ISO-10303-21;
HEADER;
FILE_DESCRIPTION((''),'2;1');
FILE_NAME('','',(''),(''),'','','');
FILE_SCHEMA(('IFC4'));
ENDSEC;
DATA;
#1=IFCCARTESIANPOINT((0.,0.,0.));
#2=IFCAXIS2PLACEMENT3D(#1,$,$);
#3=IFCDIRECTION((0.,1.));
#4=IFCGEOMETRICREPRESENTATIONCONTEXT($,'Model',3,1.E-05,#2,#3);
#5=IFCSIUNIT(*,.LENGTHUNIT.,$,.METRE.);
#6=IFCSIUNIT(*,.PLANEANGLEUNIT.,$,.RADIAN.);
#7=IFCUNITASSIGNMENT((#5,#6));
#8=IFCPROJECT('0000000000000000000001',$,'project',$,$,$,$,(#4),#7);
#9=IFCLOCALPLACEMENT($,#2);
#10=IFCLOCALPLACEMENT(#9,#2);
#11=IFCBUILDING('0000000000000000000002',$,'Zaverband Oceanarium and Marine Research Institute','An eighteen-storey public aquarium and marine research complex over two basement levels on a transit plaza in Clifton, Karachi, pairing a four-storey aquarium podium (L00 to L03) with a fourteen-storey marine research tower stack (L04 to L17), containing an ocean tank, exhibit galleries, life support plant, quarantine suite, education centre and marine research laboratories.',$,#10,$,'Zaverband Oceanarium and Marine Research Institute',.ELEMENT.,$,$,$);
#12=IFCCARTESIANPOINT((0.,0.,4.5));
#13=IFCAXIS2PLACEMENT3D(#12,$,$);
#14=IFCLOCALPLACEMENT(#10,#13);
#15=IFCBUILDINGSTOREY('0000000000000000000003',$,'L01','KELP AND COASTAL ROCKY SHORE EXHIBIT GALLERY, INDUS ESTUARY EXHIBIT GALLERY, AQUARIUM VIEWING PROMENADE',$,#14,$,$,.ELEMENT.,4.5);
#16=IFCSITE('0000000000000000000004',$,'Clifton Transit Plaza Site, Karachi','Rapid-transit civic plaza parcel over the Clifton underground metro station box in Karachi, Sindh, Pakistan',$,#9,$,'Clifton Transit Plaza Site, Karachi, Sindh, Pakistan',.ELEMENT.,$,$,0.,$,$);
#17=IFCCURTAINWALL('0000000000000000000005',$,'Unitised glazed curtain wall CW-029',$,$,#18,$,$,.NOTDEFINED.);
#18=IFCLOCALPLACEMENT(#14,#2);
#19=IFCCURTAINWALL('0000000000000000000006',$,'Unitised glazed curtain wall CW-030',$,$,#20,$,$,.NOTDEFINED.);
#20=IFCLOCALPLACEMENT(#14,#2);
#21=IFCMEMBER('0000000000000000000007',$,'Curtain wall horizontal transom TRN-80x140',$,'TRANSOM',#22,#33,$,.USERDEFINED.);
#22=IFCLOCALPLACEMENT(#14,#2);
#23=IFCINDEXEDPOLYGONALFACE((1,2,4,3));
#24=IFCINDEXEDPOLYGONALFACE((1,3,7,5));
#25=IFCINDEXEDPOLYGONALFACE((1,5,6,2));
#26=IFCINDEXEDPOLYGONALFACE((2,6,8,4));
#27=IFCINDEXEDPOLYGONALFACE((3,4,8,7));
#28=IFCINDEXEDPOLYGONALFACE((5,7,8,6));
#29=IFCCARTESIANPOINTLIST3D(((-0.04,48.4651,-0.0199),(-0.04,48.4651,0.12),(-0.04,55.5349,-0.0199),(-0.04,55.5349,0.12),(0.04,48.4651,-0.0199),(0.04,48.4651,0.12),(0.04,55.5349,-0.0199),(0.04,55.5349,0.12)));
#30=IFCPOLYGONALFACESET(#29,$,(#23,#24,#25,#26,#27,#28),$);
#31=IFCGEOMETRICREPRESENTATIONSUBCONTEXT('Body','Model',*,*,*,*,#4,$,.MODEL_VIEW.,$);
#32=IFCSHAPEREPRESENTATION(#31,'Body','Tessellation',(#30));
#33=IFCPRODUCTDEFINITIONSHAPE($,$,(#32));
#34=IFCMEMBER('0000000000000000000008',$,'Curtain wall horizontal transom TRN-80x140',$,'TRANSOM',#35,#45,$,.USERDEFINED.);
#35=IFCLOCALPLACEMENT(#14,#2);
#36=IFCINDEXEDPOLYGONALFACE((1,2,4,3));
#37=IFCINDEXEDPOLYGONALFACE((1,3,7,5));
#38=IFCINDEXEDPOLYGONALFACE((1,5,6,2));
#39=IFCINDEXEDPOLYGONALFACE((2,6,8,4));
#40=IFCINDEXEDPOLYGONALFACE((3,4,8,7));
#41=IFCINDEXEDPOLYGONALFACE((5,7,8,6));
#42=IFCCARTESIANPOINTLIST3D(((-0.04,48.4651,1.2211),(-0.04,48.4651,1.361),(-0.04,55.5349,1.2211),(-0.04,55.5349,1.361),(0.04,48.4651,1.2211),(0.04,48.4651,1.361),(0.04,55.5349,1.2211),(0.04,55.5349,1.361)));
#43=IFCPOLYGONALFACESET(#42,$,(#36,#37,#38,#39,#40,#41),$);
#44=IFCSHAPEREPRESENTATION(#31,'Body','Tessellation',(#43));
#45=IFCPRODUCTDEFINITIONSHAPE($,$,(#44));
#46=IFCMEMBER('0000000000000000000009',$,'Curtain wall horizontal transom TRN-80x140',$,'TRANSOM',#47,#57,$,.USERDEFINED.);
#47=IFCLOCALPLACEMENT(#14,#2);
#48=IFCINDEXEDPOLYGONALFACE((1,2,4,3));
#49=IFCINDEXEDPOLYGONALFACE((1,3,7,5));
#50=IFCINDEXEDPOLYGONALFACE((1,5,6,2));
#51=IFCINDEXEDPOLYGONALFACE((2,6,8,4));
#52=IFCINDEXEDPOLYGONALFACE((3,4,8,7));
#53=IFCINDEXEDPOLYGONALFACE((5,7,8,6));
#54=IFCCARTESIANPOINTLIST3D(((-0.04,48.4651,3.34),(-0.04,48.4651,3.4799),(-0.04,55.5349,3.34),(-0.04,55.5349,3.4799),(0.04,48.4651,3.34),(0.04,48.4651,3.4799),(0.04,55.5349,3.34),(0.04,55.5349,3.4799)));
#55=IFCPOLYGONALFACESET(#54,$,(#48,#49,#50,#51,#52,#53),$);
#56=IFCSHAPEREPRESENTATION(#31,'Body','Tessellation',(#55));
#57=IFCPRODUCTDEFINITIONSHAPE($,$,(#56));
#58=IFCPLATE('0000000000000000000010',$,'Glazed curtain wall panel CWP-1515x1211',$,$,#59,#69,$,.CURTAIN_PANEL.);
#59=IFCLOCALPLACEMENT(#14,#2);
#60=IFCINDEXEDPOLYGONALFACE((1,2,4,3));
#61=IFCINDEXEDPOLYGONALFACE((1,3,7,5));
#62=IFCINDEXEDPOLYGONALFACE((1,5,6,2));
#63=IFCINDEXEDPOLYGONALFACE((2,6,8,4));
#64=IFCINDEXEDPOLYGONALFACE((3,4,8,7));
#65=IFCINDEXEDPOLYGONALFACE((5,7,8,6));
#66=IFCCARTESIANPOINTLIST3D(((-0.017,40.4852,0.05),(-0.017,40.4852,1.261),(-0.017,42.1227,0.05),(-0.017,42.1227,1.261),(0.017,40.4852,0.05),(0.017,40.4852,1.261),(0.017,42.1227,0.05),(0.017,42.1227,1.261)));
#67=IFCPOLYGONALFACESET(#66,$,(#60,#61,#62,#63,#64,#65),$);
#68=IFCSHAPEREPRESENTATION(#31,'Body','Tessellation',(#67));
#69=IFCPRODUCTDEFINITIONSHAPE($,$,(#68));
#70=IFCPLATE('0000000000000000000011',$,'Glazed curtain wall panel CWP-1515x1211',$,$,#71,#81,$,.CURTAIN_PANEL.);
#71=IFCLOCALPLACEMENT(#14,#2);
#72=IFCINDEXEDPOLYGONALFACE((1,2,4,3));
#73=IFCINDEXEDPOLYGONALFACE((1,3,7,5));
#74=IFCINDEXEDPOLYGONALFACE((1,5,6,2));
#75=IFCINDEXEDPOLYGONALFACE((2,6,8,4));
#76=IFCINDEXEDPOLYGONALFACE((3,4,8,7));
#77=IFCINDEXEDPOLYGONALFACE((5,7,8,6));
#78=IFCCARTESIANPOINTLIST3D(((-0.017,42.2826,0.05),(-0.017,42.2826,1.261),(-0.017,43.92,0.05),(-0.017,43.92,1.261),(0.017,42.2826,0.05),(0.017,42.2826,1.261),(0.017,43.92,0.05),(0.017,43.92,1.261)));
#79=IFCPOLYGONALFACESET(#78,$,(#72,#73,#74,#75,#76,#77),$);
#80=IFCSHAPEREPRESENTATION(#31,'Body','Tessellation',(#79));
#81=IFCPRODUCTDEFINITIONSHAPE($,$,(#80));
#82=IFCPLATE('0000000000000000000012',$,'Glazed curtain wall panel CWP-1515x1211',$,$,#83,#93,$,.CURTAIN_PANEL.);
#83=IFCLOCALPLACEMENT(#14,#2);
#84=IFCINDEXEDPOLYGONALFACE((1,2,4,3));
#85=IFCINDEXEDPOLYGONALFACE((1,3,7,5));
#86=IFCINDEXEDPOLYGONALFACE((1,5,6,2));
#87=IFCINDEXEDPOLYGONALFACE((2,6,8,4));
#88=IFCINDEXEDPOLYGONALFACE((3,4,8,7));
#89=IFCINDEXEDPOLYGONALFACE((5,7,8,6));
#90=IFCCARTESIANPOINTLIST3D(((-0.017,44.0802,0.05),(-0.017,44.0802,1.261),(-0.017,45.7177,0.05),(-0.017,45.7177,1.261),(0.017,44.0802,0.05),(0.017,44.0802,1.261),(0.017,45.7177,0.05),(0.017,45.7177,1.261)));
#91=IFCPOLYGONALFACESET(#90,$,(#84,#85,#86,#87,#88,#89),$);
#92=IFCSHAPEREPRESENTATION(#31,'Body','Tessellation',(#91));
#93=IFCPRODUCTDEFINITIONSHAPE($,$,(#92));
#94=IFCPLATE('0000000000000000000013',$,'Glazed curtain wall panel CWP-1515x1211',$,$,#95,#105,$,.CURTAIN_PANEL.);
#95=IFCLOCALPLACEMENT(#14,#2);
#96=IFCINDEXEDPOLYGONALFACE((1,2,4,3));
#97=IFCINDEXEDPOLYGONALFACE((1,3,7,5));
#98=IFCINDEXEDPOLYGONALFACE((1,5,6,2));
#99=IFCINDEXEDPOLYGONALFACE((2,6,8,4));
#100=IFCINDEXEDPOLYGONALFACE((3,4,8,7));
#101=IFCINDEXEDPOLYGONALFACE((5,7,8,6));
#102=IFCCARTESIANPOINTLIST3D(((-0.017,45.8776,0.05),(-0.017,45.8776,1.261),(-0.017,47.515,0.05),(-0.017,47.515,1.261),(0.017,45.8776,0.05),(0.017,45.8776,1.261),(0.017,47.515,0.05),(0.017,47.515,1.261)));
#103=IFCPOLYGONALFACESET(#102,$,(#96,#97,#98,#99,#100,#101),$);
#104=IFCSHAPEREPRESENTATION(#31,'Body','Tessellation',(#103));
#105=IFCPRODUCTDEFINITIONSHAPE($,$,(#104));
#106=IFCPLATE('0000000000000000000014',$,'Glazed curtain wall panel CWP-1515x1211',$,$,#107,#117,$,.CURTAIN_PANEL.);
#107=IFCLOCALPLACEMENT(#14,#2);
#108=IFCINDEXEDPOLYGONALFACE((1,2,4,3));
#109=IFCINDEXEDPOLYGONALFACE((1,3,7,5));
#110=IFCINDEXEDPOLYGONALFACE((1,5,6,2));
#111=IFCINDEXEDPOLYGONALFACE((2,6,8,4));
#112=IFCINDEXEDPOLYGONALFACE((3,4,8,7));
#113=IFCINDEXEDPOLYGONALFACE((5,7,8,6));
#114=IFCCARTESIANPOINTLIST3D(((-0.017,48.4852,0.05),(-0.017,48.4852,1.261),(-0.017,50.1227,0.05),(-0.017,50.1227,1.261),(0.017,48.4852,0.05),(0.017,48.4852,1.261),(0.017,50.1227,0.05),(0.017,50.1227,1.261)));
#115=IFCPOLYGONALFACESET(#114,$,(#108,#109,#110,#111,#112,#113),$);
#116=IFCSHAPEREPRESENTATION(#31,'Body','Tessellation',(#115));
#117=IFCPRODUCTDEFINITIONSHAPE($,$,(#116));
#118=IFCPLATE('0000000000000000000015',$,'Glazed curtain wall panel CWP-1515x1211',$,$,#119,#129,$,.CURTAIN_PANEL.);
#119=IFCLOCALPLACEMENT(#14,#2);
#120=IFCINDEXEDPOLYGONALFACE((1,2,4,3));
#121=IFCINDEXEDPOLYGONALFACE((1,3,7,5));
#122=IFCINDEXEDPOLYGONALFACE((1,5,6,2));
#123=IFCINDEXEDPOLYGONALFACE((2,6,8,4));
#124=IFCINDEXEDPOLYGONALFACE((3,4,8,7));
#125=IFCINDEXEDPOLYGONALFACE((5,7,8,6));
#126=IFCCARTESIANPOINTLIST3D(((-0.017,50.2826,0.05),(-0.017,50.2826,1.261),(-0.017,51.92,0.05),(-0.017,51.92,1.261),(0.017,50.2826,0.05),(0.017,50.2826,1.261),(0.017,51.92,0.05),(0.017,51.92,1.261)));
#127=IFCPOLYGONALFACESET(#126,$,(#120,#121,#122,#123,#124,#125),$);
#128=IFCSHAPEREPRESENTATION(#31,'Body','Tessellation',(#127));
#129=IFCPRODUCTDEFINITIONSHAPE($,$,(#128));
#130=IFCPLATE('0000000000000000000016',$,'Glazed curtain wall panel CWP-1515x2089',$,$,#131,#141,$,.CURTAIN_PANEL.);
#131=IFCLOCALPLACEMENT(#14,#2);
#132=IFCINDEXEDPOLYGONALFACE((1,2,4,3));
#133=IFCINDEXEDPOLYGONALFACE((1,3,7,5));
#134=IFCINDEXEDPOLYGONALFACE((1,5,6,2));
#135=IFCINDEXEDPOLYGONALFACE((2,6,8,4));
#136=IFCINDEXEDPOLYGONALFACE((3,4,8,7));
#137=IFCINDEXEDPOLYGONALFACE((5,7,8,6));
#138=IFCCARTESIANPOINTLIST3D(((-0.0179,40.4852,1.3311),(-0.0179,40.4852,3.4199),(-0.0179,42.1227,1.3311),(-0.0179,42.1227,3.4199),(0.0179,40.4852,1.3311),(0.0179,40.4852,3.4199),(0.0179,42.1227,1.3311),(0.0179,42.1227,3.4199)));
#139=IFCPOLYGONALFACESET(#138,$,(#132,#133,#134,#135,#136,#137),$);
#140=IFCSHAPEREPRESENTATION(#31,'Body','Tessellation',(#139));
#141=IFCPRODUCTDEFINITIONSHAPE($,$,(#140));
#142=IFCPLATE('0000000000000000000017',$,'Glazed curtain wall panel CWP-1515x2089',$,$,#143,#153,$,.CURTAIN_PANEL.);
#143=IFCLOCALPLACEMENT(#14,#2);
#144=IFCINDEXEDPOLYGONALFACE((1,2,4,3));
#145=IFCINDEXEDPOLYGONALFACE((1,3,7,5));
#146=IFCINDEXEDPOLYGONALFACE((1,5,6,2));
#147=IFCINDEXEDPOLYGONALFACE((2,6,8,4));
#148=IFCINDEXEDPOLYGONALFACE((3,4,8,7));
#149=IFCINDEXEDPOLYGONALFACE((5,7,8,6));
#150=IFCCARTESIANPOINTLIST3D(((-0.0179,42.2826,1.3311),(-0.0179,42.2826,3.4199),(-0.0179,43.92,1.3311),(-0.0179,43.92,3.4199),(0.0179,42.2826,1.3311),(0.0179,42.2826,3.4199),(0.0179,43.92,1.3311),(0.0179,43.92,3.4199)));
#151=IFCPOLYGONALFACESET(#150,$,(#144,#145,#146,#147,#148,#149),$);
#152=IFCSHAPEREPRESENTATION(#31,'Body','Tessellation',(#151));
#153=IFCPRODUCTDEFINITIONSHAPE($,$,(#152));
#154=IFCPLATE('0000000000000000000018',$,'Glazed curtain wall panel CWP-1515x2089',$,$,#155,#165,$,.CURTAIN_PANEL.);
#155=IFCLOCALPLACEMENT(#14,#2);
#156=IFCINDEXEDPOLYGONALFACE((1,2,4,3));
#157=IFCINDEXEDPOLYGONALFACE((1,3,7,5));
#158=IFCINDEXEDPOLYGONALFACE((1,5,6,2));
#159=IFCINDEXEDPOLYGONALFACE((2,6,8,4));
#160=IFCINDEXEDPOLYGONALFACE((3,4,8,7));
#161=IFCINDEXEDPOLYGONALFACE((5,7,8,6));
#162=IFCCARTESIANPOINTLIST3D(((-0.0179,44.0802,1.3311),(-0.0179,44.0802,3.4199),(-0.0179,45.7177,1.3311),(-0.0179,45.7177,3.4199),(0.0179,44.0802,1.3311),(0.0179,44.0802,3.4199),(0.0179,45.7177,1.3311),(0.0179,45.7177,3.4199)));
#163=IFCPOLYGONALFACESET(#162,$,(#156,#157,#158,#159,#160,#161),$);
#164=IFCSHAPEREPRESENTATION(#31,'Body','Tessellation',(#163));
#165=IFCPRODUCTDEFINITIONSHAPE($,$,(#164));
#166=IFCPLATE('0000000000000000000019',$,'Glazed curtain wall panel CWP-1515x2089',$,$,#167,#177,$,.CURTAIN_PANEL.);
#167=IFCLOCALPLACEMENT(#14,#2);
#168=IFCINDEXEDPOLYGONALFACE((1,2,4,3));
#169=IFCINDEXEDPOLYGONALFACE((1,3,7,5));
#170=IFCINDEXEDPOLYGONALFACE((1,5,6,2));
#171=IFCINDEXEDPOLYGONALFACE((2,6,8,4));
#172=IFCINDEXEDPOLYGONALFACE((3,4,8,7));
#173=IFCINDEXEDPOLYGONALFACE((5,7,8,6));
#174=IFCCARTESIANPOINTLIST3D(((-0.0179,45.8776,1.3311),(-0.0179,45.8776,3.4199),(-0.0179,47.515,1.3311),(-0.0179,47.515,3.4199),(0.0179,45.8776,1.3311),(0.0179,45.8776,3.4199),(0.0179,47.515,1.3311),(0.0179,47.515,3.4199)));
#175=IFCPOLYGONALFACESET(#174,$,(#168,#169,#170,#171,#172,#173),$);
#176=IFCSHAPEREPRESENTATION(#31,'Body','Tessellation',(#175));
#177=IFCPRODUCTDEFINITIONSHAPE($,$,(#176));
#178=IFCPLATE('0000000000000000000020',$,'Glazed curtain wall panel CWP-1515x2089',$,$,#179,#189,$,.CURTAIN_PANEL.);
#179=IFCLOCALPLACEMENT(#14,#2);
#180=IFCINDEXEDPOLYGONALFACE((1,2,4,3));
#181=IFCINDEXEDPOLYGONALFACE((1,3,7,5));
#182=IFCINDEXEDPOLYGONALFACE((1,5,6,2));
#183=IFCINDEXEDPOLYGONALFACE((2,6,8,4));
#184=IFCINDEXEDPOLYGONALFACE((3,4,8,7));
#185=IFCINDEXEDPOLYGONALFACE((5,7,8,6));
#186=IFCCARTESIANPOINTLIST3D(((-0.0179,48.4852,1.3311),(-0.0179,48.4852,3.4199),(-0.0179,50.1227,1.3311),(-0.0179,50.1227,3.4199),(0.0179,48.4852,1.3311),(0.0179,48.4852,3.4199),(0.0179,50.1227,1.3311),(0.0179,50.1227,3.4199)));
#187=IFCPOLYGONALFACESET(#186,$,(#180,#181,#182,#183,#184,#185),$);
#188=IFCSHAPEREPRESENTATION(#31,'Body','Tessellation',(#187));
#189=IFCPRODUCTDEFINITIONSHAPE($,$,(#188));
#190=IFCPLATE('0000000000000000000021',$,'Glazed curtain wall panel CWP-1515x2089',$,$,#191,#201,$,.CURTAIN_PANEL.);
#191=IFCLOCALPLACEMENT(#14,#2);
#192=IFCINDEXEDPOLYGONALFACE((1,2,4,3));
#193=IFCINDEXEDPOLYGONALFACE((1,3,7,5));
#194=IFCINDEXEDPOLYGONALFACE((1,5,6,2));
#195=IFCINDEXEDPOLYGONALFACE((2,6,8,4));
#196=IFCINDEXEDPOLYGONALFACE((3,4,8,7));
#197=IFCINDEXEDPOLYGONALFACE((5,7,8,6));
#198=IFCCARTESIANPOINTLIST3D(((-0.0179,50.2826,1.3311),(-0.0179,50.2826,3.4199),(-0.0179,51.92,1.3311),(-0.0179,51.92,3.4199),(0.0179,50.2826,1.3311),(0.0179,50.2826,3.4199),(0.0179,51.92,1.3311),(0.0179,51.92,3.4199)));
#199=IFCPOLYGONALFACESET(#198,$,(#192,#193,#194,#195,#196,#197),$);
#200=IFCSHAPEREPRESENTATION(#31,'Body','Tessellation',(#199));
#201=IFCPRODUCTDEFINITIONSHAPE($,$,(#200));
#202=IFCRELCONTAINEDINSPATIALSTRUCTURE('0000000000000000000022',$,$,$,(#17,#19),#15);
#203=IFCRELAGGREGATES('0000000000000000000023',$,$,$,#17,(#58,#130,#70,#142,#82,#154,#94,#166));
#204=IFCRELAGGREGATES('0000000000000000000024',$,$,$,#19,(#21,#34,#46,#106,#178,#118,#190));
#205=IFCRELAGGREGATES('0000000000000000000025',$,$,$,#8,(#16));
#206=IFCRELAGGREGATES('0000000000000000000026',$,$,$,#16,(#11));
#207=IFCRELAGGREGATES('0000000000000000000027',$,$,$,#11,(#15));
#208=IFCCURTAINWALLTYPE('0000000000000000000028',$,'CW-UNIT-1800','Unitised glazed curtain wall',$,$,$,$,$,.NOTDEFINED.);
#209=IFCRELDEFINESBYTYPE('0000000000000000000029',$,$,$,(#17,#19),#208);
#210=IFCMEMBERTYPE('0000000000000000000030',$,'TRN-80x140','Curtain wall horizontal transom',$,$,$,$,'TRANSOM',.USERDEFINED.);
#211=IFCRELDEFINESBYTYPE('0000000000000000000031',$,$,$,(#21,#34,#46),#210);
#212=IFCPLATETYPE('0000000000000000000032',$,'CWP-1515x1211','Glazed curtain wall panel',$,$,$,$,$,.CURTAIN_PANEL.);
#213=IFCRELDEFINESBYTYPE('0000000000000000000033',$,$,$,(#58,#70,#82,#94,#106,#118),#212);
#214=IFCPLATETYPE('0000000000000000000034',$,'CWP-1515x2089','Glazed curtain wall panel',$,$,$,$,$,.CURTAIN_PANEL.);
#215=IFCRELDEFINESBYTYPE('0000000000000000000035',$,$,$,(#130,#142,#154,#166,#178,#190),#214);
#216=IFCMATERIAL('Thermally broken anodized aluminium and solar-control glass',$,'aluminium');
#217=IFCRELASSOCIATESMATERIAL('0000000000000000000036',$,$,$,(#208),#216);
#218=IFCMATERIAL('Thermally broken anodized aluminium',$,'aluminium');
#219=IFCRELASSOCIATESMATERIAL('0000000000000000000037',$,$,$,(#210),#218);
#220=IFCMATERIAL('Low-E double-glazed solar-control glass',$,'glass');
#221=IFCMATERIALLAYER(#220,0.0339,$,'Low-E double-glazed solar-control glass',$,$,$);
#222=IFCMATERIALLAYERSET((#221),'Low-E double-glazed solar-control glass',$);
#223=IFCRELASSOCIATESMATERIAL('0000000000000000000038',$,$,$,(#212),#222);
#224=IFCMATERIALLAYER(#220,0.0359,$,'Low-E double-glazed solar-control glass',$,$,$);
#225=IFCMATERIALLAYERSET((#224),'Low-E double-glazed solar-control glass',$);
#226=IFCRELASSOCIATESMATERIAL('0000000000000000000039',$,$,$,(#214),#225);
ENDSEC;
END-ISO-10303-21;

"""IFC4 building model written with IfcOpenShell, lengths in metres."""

from ifc_helpers import new_model, si_unit, direction, frame, frame_2d, origin, origin_2d, place, context, subcontext, project, spatial, rectangle, extrude, material, layer, layer_set, material_profile, profile_set, type_object, element, aggregate, save


model = new_model("IFC4")

# Units and contexts
model_context = context("Model", 3, precision=1e-05, world=origin(), true_north=direction((0.0, 1.0)))
body_context = subcontext(model_context, "Body", "Model", "MODEL_VIEW")
ifc_project = project(units=[si_unit("LENGTHUNIT", "METRE"), si_unit("PLANEANGLEUNIT", "RADIAN")], contexts=[model_context])

# Site, building, storey
site_placement = place(None, origin())
site = spatial("IfcSite", under=ifc_project, at=site_placement, Name="Clifton Transit Plaza Site, Karachi", Description="Rapid-transit civic plaza parcel over the Clifton underground metro station box in Karachi, Sindh, Pakistan", LongName="Clifton Transit Plaza Site, Karachi, Sindh, Pakistan", CompositionType="ELEMENT", RefElevation=0.0)
building_placement = place(site_placement, origin())
building = spatial("IfcBuilding", under=site, at=building_placement, Name="Zaverband Oceanarium and Marine Research Institute", Description="An eighteen-storey public aquarium and marine research complex over two basement levels on a transit plaza in Clifton, Karachi, pairing a four-storey aquarium podium (L00 to L03) with a fourteen-storey marine research tower stack (L04 to L17), containing an ocean tank, exhibit galleries, life support plant, quarantine suite, education centre and marine research laboratories.", LongName="Zaverband Oceanarium and Marine Research Institute", CompositionType="ELEMENT")
storey_placement = place(building_placement, frame((0.0, 0.0, 4.5)))
storey = spatial("IfcBuildingStorey", under=building, at=storey_placement, Name="L01", Description="KELP AND COASTAL ROCKY SHORE EXHIBIT GALLERY, INDUS ESTUARY EXHIBIT GALLERY, AQUARIUM VIEWING PROMENADE", CompositionType="ELEMENT", Elevation=4.5)

# Curtain walls
ifc_material_1 = material(Name="Thermally broken anodized aluminium and solar-control glass", Category="aluminium")
curtain_wall_type = type_object("IfcCurtainWallType", Name="CW-UNIT-1800", Description="Unitised glazed curtain wall", PredefinedType="NOTDEFINED", material=ifc_material_1)
curtain_wall_1_placement = place(storey_placement, origin())
curtain_wall_1 = element("IfcCurtainWall", 1, at=curtain_wall_1_placement, inside=storey, type_object=curtain_wall_type, Name="Unitised glazed curtain wall CW-029", PredefinedType="NOTDEFINED")
ifc_material_2 = material(Name="Thermally broken anodized aluminium", Category="aluminium")
curtain_wall_2_placement = place(storey_placement, origin())
curtain_wall_2 = element("IfcCurtainWall", 2, at=curtain_wall_2_placement, inside=storey, type_object=curtain_wall_type, Name="Unitised glazed curtain wall CW-030", PredefinedType="NOTDEFINED")

# Members
ifc_material_profile_1 = material_profile(ifc_material_2, rectangle(XDim=0.0801, YDim=0.1399, at=origin_2d()), Name="AL-TRN-80x140")
ifc_profile_set_1 = profile_set([ifc_material_profile_1], Name="Thermally broken anodized aluminium")
member_type_1 = type_object("IfcMemberType", Name="TRN-80x140", Description="Curtain wall horizontal transom", ElementType="TRANSOM", PredefinedType="USERDEFINED", material=ifc_profile_set_1)
member_1_placement = place(storey_placement, frame((0.0, 48.4651, 0.05), z_axis=(0.0, 1.0, 0.0), x_axis=(-1.0, 0.0, 0.0)))
member_1 = element("IfcMember", 3, at=member_1_placement, type_object=member_type_1, Name="Curtain wall horizontal transom TRN-80x140", ObjectType="TRANSOM", PredefinedType="USERDEFINED", context=body_context, shape_type="SweptSolid", body=[
    extrude(rectangle(XDim=0.0801, YDim=0.1399, at=origin_2d()), origin(), (0.0, 0.0, 1.0), 7.0698),
])
member_2_placement = place(storey_placement, frame((0.0, 48.4651, 1.291), z_axis=(0.0, 1.0, 0.0), x_axis=(-1.0, 0.0, 0.0)))
member_2 = element("IfcMember", 4, at=member_2_placement, type_object=member_type_1, Name="Curtain wall horizontal transom TRN-80x140", ObjectType="TRANSOM", PredefinedType="USERDEFINED", context=body_context, shape_type="SweptSolid", body=[
    extrude(rectangle(XDim=0.0801, YDim=0.1399, at=origin_2d()), origin(), (0.0, 0.0, 1.0), 7.0698),
])
member_3_placement = place(storey_placement, frame((0.0, 48.4651, 3.4099), z_axis=(0.0, 1.0, 0.0), x_axis=(-1.0, 0.0, 0.0)))
member_3 = element("IfcMember", 5, at=member_3_placement, type_object=member_type_1, Name="Curtain wall horizontal transom TRN-80x140", ObjectType="TRANSOM", PredefinedType="USERDEFINED", context=body_context, shape_type="SweptSolid", body=[
    extrude(rectangle(XDim=0.0801, YDim=0.1399, at=origin_2d()), origin(), (0.0, 0.0, 1.0), 7.0698),
])

# Plates
ifc_material_3 = material(Name="Low-E double-glazed solar-control glass", Category="glass")
ifc_layer_1 = layer(ifc_material_3, 0.0339, Name="Low-E double-glazed solar-control glass")
ifc_layer_set_1 = layer_set([ifc_layer_1], Name="Low-E double-glazed solar-control glass")
plate_type_1 = type_object("IfcPlateType", Name="CWP-1515x1211", Description="Glazed curtain wall panel", PredefinedType="CURTAIN_PANEL", material=ifc_layer_set_1)
plate_1_placement = place(storey_placement, frame((0.0, 40.4851, 0.05), z_axis=(0.0, 0.0, 1.0), x_axis=(0.0, 1.0, 0.0)))
plate_1 = element("IfcPlate", 6, at=plate_1_placement, type_object=plate_type_1, Name="Glazed curtain wall panel CWP-1515x1211", PredefinedType="CURTAIN_PANEL", context=body_context, shape_type="SweptSolid", body=[
    extrude(rectangle(XDim=1.6375, YDim=0.0339, at=frame_2d((0.8188, 0.0))), origin(), (0.0, 0.0, 1.0), 1.2109),
])
plate_2_placement = place(storey_placement, frame((0.0, 42.2825, 0.05), z_axis=(0.0, 0.0, 1.0), x_axis=(0.0, 1.0, 0.0)))
plate_2 = element("IfcPlate", 7, at=plate_2_placement, type_object=plate_type_1, Name="Glazed curtain wall panel CWP-1515x1211", PredefinedType="CURTAIN_PANEL", context=body_context, shape_type="SweptSolid", body=[
    extrude(rectangle(XDim=1.6375, YDim=0.0339, at=frame_2d((0.8188, 0.0))), origin(), (0.0, 0.0, 1.0), 1.2109),
])
plate_3_placement = place(storey_placement, frame((0.0, 44.0801, 0.05), z_axis=(0.0, 0.0, 1.0), x_axis=(0.0, 1.0, 0.0)))
plate_3 = element("IfcPlate", 8, at=plate_3_placement, type_object=plate_type_1, Name="Glazed curtain wall panel CWP-1515x1211", PredefinedType="CURTAIN_PANEL", context=body_context, shape_type="SweptSolid", body=[
    extrude(rectangle(XDim=1.6375, YDim=0.0339, at=frame_2d((0.8188, 0.0))), origin(), (0.0, 0.0, 1.0), 1.2109),
])
plate_4_placement = place(storey_placement, frame((0.0, 45.8774, 0.05), z_axis=(0.0, 0.0, 1.0), x_axis=(0.0, 1.0, 0.0)))
plate_4 = element("IfcPlate", 9, at=plate_4_placement, type_object=plate_type_1, Name="Glazed curtain wall panel CWP-1515x1211", PredefinedType="CURTAIN_PANEL", context=body_context, shape_type="SweptSolid", body=[
    extrude(rectangle(XDim=1.6375, YDim=0.0339, at=frame_2d((0.8188, 0.0))), origin(), (0.0, 0.0, 1.0), 1.2109),
])
plate_5_placement = place(storey_placement, frame((0.0, 48.4851, 0.05), z_axis=(0.0, 0.0, 1.0), x_axis=(0.0, 1.0, 0.0)))
plate_5 = element("IfcPlate", 10, at=plate_5_placement, type_object=plate_type_1, Name="Glazed curtain wall panel CWP-1515x1211", PredefinedType="CURTAIN_PANEL", context=body_context, shape_type="SweptSolid", body=[
    extrude(rectangle(XDim=1.6375, YDim=0.0339, at=frame_2d((0.8188, 0.0))), origin(), (0.0, 0.0, 1.0), 1.2109),
])
plate_6_placement = place(storey_placement, frame((0.0, 50.2825, 0.05), z_axis=(0.0, 0.0, 1.0), x_axis=(0.0, 1.0, 0.0)))
plate_6 = element("IfcPlate", 11, at=plate_6_placement, type_object=plate_type_1, Name="Glazed curtain wall panel CWP-1515x1211", PredefinedType="CURTAIN_PANEL", context=body_context, shape_type="SweptSolid", body=[
    extrude(rectangle(XDim=1.6375, YDim=0.0339, at=frame_2d((0.8188, 0.0))), origin(), (0.0, 0.0, 1.0), 1.2109),
])
ifc_layer_2 = layer(ifc_material_3, 0.0359, Name="Low-E double-glazed solar-control glass")
ifc_layer_set_2 = layer_set([ifc_layer_2], Name="Low-E double-glazed solar-control glass")
plate_type_2 = type_object("IfcPlateType", Name="CWP-1515x2089", Description="Glazed curtain wall panel", PredefinedType="CURTAIN_PANEL", material=ifc_layer_set_2)
plate_7_placement = place(storey_placement, frame((0.0, 40.4851, 1.3311), z_axis=(0.0, 0.0, 1.0), x_axis=(0.0, 1.0, 0.0)))
plate_7 = element("IfcPlate", 12, at=plate_7_placement, type_object=plate_type_2, Name="Glazed curtain wall panel CWP-1515x2089", PredefinedType="CURTAIN_PANEL", context=body_context, shape_type="SweptSolid", body=[
    extrude(rectangle(XDim=1.6375, YDim=0.0359, at=frame_2d((0.8188, 0.0))), origin(), (0.0, 0.0, 1.0), 2.0889),
])
plate_8_placement = place(storey_placement, frame((0.0, 42.2825, 1.3311), z_axis=(0.0, 0.0, 1.0), x_axis=(0.0, 1.0, 0.0)))
plate_8 = element("IfcPlate", 13, at=plate_8_placement, type_object=plate_type_2, Name="Glazed curtain wall panel CWP-1515x2089", PredefinedType="CURTAIN_PANEL", context=body_context, shape_type="SweptSolid", body=[
    extrude(rectangle(XDim=1.6375, YDim=0.0359, at=frame_2d((0.8188, 0.0))), origin(), (0.0, 0.0, 1.0), 2.0889),
])
plate_9_placement = place(storey_placement, frame((0.0, 44.0801, 1.3311), z_axis=(0.0, 0.0, 1.0), x_axis=(0.0, 1.0, 0.0)))
plate_9 = element("IfcPlate", 14, at=plate_9_placement, type_object=plate_type_2, Name="Glazed curtain wall panel CWP-1515x2089", PredefinedType="CURTAIN_PANEL", context=body_context, shape_type="SweptSolid", body=[
    extrude(rectangle(XDim=1.6375, YDim=0.0359, at=frame_2d((0.8188, 0.0))), origin(), (0.0, 0.0, 1.0), 2.0889),
])
plate_10_placement = place(storey_placement, frame((0.0, 45.8774, 1.3311), z_axis=(0.0, 0.0, 1.0), x_axis=(0.0, 1.0, 0.0)))
plate_10 = element("IfcPlate", 15, at=plate_10_placement, type_object=plate_type_2, Name="Glazed curtain wall panel CWP-1515x2089", PredefinedType="CURTAIN_PANEL", context=body_context, shape_type="SweptSolid", body=[
    extrude(rectangle(XDim=1.6375, YDim=0.0359, at=frame_2d((0.8188, 0.0))), origin(), (0.0, 0.0, 1.0), 2.0889),
])
aggregate(curtain_wall_1, [plate_1, plate_7, plate_2, plate_8, plate_3, plate_9, plate_4, plate_10])
plate_11_placement = place(storey_placement, frame((0.0, 48.4851, 1.3311), z_axis=(0.0, 0.0, 1.0), x_axis=(0.0, 1.0, 0.0)))
plate_11 = element("IfcPlate", 16, at=plate_11_placement, type_object=plate_type_2, Name="Glazed curtain wall panel CWP-1515x2089", PredefinedType="CURTAIN_PANEL", context=body_context, shape_type="SweptSolid", body=[
    extrude(rectangle(XDim=1.6375, YDim=0.0359, at=frame_2d((0.8188, 0.0))), origin(), (0.0, 0.0, 1.0), 2.0889),
])
plate_12_placement = place(storey_placement, frame((0.0, 50.2825, 1.3311), z_axis=(0.0, 0.0, 1.0), x_axis=(0.0, 1.0, 0.0)))
plate_12 = element("IfcPlate", 17, at=plate_12_placement, type_object=plate_type_2, Name="Glazed curtain wall panel CWP-1515x2089", PredefinedType="CURTAIN_PANEL", context=body_context, shape_type="SweptSolid", body=[
    extrude(rectangle(XDim=1.6375, YDim=0.0359, at=frame_2d((0.8188, 0.0))), origin(), (0.0, 0.0, 1.0), 2.0889),
])
aggregate(curtain_wall_2, [member_1, member_2, member_3, plate_5, plate_11, plate_6, plate_12])

save(model, "model.ifc")
